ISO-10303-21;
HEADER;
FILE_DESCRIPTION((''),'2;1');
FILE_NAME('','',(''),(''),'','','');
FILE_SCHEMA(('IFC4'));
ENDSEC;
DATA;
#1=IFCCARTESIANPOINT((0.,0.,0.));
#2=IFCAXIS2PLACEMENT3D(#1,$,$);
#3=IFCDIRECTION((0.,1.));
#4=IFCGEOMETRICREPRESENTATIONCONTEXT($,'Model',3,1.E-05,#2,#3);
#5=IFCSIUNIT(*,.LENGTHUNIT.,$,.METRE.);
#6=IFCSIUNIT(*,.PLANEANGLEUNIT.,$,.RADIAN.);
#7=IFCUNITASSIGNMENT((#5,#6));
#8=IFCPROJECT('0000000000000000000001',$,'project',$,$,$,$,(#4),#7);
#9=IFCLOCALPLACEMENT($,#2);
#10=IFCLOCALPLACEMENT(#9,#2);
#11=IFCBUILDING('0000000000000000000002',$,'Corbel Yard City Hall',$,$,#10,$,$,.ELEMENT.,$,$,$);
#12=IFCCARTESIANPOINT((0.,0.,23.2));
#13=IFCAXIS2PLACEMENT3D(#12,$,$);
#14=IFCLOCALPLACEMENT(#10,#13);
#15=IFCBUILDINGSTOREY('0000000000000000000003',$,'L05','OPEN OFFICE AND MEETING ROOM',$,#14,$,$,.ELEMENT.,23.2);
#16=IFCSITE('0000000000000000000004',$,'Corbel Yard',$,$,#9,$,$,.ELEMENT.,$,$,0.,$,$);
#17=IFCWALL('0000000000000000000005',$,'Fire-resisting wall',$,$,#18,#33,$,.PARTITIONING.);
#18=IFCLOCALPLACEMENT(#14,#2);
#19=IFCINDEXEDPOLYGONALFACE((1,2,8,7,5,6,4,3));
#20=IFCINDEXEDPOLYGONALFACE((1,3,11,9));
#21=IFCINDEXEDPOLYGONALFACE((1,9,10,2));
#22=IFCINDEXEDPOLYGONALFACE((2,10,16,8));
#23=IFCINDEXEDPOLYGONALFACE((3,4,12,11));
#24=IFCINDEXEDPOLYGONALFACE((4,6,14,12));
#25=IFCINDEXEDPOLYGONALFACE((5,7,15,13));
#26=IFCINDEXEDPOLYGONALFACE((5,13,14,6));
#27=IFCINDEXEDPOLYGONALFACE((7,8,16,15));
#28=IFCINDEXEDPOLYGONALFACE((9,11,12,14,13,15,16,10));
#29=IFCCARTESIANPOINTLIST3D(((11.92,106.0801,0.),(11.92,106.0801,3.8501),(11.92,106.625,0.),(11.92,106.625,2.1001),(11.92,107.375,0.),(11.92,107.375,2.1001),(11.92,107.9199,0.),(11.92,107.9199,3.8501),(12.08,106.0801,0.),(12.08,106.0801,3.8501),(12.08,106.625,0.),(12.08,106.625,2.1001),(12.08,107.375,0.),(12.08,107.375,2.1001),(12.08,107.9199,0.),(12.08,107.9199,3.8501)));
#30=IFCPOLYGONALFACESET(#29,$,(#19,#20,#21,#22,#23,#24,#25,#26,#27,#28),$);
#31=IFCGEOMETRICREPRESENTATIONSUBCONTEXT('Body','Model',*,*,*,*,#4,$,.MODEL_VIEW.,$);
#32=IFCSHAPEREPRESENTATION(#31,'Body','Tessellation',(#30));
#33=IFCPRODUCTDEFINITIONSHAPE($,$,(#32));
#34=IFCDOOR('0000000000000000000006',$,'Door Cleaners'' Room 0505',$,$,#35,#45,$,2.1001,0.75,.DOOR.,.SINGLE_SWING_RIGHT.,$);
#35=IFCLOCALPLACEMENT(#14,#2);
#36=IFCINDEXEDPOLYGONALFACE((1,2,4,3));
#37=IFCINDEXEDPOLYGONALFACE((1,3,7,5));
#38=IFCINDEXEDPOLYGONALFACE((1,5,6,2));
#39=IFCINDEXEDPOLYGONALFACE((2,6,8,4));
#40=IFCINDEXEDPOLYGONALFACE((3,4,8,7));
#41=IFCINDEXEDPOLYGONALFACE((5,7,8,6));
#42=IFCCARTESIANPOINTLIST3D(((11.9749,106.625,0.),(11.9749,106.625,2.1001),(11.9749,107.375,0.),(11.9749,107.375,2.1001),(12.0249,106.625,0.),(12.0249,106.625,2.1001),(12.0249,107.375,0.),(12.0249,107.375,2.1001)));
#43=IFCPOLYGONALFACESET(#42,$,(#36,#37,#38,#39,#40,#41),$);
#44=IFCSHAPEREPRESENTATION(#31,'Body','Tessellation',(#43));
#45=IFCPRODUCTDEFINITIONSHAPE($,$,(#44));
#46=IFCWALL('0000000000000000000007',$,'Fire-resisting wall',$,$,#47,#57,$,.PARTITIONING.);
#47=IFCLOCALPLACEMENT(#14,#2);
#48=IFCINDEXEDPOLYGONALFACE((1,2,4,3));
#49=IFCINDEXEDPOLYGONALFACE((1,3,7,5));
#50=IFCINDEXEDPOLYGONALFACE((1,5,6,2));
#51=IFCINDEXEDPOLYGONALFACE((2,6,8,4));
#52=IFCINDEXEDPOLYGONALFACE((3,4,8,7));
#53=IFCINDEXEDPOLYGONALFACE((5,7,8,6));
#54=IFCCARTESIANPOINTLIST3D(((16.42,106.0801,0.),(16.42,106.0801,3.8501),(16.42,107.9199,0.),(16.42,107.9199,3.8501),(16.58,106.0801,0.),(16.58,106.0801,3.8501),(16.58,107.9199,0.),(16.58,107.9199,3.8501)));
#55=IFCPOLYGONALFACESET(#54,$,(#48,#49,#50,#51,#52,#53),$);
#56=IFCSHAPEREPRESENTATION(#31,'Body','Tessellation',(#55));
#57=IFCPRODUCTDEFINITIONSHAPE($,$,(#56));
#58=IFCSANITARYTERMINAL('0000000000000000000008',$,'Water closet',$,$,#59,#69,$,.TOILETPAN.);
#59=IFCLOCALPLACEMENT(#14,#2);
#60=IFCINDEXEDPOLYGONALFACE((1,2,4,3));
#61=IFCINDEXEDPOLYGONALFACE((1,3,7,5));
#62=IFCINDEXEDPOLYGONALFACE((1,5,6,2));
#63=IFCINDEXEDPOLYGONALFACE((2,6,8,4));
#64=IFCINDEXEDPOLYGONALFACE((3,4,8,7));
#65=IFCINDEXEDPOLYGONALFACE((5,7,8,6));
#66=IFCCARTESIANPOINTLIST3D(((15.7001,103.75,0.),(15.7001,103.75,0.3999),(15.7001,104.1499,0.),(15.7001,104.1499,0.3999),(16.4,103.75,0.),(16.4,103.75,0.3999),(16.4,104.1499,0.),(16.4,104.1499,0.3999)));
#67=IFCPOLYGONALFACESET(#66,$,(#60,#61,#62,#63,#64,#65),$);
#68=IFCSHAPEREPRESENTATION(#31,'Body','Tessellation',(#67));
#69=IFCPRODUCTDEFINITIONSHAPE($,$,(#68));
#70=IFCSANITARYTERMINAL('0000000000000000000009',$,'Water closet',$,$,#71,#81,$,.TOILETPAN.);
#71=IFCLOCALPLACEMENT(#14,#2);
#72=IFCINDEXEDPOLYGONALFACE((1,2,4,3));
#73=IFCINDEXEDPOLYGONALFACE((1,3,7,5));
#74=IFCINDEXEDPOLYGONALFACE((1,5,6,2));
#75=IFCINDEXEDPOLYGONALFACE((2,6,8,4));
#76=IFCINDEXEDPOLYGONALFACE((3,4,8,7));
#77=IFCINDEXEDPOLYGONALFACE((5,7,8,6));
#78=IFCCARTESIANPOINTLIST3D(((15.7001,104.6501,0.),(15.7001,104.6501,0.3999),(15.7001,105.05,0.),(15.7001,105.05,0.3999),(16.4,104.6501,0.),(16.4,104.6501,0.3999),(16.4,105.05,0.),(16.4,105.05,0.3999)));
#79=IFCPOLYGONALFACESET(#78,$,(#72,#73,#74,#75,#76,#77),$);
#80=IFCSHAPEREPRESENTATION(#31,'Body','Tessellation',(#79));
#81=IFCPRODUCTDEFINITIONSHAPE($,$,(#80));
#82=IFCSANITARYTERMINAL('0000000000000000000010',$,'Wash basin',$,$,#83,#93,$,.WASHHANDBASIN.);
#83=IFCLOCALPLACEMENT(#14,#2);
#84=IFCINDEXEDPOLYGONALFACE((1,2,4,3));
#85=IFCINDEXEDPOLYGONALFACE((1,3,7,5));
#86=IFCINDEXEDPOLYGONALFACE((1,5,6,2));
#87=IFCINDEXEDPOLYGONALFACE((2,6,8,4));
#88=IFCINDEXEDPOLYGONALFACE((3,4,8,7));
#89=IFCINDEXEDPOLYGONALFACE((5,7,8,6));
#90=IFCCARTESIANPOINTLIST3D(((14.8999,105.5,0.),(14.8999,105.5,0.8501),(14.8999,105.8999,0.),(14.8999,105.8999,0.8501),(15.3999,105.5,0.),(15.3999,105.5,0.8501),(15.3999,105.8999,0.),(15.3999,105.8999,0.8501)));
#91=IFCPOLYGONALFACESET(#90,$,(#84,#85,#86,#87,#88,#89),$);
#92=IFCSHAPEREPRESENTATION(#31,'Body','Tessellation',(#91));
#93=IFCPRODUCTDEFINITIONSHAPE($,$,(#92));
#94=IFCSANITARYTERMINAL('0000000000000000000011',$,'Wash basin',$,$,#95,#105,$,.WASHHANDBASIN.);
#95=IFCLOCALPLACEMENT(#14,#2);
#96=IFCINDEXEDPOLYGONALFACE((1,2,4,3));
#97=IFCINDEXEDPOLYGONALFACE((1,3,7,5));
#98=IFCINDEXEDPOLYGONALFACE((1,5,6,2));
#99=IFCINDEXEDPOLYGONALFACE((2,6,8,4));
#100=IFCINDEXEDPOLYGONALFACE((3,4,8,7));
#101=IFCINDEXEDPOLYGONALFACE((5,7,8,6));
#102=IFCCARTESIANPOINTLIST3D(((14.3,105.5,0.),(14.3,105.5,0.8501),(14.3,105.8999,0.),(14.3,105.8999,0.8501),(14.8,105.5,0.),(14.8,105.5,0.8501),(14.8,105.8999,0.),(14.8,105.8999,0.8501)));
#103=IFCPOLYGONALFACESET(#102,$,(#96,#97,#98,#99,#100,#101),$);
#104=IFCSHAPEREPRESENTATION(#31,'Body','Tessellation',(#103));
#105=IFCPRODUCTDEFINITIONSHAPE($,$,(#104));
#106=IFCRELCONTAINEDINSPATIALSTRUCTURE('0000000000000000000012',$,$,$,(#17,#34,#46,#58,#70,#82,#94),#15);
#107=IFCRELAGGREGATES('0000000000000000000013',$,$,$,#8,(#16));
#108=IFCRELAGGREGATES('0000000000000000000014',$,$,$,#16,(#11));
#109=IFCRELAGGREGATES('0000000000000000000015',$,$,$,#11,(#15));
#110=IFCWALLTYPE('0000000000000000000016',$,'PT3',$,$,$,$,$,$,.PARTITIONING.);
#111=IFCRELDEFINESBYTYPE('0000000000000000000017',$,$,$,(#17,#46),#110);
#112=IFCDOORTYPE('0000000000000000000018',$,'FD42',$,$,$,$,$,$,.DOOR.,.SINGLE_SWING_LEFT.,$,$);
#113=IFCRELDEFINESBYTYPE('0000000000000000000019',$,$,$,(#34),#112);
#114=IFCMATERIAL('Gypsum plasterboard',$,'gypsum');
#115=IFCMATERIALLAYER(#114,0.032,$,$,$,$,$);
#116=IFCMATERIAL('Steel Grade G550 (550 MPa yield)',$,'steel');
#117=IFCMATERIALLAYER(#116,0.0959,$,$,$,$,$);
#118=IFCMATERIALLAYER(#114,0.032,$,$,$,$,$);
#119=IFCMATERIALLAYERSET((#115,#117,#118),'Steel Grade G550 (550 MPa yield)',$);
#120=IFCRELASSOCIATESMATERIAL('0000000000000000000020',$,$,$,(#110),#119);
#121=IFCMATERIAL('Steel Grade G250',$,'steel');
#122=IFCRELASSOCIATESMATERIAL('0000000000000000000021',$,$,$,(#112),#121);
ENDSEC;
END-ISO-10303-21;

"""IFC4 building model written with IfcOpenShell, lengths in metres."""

from ifc_helpers import new_model, si_unit, direction, frame, frame_2d, origin, origin_2d, place, context, subcontext, project, spatial, rectangle, extrude, material, layer, layer_set, type_object, element, fill, save


model = new_model("IFC4")

# Units and contexts
model_context = context("Model", 3, precision=1e-05, world=origin(), true_north=direction((0.0, 1.0)))
body_context = subcontext(model_context, "Body", "Model", "MODEL_VIEW")
ifc_project = project(units=[si_unit("LENGTHUNIT", "METRE"), si_unit("PLANEANGLEUNIT", "RADIAN")], contexts=[model_context])

# Site, building, storey
site_placement = place(None, origin())
site = spatial("IfcSite", under=ifc_project, at=site_placement, Name="Corbel Yard", CompositionType="ELEMENT", RefElevation=0.0)
building_placement = place(site_placement, origin())
building = spatial("IfcBuilding", under=site, at=building_placement, Name="Corbel Yard City Hall", CompositionType="ELEMENT")
storey_placement = place(building_placement, frame((0.0, 0.0, 23.2)))
storey = spatial("IfcBuildingStorey", under=building, at=storey_placement, Name="L05", Description="OPEN OFFICE AND MEETING ROOM", CompositionType="ELEMENT", Elevation=23.2)

# Wall, opening, door
ifc_material_1 = material(Name="Gypsum plasterboard", Category="gypsum")
ifc_material_2 = material(Name="Steel Grade G550 (550 MPa yield)", Category="steel")
ifc_layer_1 = layer(ifc_material_1, 0.032)
ifc_layer_2 = layer(ifc_material_2, 0.0959)
ifc_layer_3 = layer(ifc_material_1, 0.032)
ifc_layer_set_1 = layer_set([ifc_layer_1, ifc_layer_2, ifc_layer_3], Name="Steel Grade G550 (550 MPa yield)")
wall_type_1 = type_object("IfcWallType", Name="PT3", PredefinedType="PARTITIONING", material=ifc_layer_set_1)
wall_1_placement = place(storey_placement, frame((12.0, 106.0801, 0.0), z_axis=(0.0, 0.0, 1.0), x_axis=(0.0, 1.0, 0.0)))
wall_1 = element("IfcWall", 1, at=wall_1_placement, inside=storey, type_object=wall_type_1, Name="Fire-resisting wall", PredefinedType="PARTITIONING", context=body_context, shape_type="SweptSolid", body=[
    extrude(rectangle(XDim=1.8398, YDim=0.1599, at=frame_2d((0.9199, 0.0))), origin(), (0.0, 0.0, 1.0), 3.8501),
])
opening_1_placement = place(wall_1_placement, frame((0.5449, 0.0, 0.0)))
opening_1 = element("IfcOpeningElement", 2, at=opening_1_placement, cuts=wall_1, PredefinedType="OPENING", context=body_context, shape_type="SweptSolid", body=[
    extrude(rectangle(XDim=0.75, YDim=2.1001, at=frame_2d((0.375, 1.05))), frame((0.0, 0.0898, 0.0), z_axis=(0.0, -1.0, 0.0), x_axis=(1.0, 0.0, 0.0)), (0.0, 0.0, 1.0), 0.1799),
])
ifc_material_3 = material(Name="Steel Grade G250", Category="steel")
door_type_1 = type_object("IfcDoorType", Name="FD42", OperationType="SINGLE_SWING_LEFT", PredefinedType="DOOR", material=ifc_material_3)
door_1_placement = place(opening_1_placement, frame((0.75, 0.0, 0.0), z_axis=(0.0, 0.0, 1.0), x_axis=(-1.0, 0.0, 0.0)))
door_1 = element("IfcDoor", 3, at=door_1_placement, inside=storey, type_object=door_type_1, Name="Door Cleaners' Room 0505", OperationType="SINGLE_SWING_RIGHT", OverallHeight=2.1001, OverallWidth=0.75, PredefinedType="DOOR", context=body_context, shape_type="SweptSolid", body=[
    extrude(rectangle(XDim=0.75, YDim=2.1001, at=frame_2d((0.375, 1.05))), frame((0.0, 0.0249, 0.0), z_axis=(0.0, -1.0, 0.0), x_axis=(1.0, 0.0, 0.0)), (0.0, 0.0, 1.0), 0.05),
])
fill(opening_1, door_1)

# Wall
wall_2_placement = place(storey_placement, frame((16.5, 106.0801, 0.0), z_axis=(0.0, 0.0, 1.0), x_axis=(0.0, 1.0, 0.0)))
element("IfcWall", 4, at=wall_2_placement, inside=storey, type_object=wall_type_1, Name="Fire-resisting wall", PredefinedType="PARTITIONING", context=body_context, shape_type="SweptSolid", body=[
    extrude(rectangle(XDim=1.8398, YDim=0.1599, at=frame_2d((0.9199, 0.0))), origin(), (0.0, 0.0, 1.0), 3.8501),
])

# Sanitary terminals
for number, where, z_axis, x_axis, name in (
    (5, (16.05, 103.95, 0.0), (0.0, 0.0, 1.0), (1.0, 0.0, 0.0), "Water closet"),
    (6, (16.05, 104.8501, 0.0), (0.0, 0.0, 1.0), (1.0, 0.0, 0.0), "Water closet"),
):
    element("IfcSanitaryTerminal", number, at=place(storey_placement, frame(where, z_axis=z_axis, x_axis=x_axis)), inside=storey, Name=name, PredefinedType="TOILETPAN", context=body_context, shape_type="SweptSolid", body=[
        extrude(rectangle(XDim=0.7, YDim=0.3999, at=origin_2d()), origin(), (0.0, 0.0, 1.0), 0.3999),
    ])
for number, where, z_axis, x_axis, name in (
    (7, (15.1499, 105.7, 0.0), (0.0, 0.0, 1.0), (1.0, 0.0, 0.0), "Wash basin"),
    (8, (14.55, 105.7, 0.0), (0.0, 0.0, 1.0), (1.0, 0.0, 0.0), "Wash basin"),
):
    element("IfcSanitaryTerminal", number, at=place(storey_placement, frame(where, z_axis=z_axis, x_axis=x_axis)), inside=storey, Name=name, PredefinedType="WASHHANDBASIN", context=body_context, shape_type="SweptSolid", body=[
        extrude(rectangle(XDim=0.5, YDim=0.3999, at=origin_2d()), origin(), (0.0, 0.0, 1.0), 0.8501),
    ])

save(model, "model.ifc")
